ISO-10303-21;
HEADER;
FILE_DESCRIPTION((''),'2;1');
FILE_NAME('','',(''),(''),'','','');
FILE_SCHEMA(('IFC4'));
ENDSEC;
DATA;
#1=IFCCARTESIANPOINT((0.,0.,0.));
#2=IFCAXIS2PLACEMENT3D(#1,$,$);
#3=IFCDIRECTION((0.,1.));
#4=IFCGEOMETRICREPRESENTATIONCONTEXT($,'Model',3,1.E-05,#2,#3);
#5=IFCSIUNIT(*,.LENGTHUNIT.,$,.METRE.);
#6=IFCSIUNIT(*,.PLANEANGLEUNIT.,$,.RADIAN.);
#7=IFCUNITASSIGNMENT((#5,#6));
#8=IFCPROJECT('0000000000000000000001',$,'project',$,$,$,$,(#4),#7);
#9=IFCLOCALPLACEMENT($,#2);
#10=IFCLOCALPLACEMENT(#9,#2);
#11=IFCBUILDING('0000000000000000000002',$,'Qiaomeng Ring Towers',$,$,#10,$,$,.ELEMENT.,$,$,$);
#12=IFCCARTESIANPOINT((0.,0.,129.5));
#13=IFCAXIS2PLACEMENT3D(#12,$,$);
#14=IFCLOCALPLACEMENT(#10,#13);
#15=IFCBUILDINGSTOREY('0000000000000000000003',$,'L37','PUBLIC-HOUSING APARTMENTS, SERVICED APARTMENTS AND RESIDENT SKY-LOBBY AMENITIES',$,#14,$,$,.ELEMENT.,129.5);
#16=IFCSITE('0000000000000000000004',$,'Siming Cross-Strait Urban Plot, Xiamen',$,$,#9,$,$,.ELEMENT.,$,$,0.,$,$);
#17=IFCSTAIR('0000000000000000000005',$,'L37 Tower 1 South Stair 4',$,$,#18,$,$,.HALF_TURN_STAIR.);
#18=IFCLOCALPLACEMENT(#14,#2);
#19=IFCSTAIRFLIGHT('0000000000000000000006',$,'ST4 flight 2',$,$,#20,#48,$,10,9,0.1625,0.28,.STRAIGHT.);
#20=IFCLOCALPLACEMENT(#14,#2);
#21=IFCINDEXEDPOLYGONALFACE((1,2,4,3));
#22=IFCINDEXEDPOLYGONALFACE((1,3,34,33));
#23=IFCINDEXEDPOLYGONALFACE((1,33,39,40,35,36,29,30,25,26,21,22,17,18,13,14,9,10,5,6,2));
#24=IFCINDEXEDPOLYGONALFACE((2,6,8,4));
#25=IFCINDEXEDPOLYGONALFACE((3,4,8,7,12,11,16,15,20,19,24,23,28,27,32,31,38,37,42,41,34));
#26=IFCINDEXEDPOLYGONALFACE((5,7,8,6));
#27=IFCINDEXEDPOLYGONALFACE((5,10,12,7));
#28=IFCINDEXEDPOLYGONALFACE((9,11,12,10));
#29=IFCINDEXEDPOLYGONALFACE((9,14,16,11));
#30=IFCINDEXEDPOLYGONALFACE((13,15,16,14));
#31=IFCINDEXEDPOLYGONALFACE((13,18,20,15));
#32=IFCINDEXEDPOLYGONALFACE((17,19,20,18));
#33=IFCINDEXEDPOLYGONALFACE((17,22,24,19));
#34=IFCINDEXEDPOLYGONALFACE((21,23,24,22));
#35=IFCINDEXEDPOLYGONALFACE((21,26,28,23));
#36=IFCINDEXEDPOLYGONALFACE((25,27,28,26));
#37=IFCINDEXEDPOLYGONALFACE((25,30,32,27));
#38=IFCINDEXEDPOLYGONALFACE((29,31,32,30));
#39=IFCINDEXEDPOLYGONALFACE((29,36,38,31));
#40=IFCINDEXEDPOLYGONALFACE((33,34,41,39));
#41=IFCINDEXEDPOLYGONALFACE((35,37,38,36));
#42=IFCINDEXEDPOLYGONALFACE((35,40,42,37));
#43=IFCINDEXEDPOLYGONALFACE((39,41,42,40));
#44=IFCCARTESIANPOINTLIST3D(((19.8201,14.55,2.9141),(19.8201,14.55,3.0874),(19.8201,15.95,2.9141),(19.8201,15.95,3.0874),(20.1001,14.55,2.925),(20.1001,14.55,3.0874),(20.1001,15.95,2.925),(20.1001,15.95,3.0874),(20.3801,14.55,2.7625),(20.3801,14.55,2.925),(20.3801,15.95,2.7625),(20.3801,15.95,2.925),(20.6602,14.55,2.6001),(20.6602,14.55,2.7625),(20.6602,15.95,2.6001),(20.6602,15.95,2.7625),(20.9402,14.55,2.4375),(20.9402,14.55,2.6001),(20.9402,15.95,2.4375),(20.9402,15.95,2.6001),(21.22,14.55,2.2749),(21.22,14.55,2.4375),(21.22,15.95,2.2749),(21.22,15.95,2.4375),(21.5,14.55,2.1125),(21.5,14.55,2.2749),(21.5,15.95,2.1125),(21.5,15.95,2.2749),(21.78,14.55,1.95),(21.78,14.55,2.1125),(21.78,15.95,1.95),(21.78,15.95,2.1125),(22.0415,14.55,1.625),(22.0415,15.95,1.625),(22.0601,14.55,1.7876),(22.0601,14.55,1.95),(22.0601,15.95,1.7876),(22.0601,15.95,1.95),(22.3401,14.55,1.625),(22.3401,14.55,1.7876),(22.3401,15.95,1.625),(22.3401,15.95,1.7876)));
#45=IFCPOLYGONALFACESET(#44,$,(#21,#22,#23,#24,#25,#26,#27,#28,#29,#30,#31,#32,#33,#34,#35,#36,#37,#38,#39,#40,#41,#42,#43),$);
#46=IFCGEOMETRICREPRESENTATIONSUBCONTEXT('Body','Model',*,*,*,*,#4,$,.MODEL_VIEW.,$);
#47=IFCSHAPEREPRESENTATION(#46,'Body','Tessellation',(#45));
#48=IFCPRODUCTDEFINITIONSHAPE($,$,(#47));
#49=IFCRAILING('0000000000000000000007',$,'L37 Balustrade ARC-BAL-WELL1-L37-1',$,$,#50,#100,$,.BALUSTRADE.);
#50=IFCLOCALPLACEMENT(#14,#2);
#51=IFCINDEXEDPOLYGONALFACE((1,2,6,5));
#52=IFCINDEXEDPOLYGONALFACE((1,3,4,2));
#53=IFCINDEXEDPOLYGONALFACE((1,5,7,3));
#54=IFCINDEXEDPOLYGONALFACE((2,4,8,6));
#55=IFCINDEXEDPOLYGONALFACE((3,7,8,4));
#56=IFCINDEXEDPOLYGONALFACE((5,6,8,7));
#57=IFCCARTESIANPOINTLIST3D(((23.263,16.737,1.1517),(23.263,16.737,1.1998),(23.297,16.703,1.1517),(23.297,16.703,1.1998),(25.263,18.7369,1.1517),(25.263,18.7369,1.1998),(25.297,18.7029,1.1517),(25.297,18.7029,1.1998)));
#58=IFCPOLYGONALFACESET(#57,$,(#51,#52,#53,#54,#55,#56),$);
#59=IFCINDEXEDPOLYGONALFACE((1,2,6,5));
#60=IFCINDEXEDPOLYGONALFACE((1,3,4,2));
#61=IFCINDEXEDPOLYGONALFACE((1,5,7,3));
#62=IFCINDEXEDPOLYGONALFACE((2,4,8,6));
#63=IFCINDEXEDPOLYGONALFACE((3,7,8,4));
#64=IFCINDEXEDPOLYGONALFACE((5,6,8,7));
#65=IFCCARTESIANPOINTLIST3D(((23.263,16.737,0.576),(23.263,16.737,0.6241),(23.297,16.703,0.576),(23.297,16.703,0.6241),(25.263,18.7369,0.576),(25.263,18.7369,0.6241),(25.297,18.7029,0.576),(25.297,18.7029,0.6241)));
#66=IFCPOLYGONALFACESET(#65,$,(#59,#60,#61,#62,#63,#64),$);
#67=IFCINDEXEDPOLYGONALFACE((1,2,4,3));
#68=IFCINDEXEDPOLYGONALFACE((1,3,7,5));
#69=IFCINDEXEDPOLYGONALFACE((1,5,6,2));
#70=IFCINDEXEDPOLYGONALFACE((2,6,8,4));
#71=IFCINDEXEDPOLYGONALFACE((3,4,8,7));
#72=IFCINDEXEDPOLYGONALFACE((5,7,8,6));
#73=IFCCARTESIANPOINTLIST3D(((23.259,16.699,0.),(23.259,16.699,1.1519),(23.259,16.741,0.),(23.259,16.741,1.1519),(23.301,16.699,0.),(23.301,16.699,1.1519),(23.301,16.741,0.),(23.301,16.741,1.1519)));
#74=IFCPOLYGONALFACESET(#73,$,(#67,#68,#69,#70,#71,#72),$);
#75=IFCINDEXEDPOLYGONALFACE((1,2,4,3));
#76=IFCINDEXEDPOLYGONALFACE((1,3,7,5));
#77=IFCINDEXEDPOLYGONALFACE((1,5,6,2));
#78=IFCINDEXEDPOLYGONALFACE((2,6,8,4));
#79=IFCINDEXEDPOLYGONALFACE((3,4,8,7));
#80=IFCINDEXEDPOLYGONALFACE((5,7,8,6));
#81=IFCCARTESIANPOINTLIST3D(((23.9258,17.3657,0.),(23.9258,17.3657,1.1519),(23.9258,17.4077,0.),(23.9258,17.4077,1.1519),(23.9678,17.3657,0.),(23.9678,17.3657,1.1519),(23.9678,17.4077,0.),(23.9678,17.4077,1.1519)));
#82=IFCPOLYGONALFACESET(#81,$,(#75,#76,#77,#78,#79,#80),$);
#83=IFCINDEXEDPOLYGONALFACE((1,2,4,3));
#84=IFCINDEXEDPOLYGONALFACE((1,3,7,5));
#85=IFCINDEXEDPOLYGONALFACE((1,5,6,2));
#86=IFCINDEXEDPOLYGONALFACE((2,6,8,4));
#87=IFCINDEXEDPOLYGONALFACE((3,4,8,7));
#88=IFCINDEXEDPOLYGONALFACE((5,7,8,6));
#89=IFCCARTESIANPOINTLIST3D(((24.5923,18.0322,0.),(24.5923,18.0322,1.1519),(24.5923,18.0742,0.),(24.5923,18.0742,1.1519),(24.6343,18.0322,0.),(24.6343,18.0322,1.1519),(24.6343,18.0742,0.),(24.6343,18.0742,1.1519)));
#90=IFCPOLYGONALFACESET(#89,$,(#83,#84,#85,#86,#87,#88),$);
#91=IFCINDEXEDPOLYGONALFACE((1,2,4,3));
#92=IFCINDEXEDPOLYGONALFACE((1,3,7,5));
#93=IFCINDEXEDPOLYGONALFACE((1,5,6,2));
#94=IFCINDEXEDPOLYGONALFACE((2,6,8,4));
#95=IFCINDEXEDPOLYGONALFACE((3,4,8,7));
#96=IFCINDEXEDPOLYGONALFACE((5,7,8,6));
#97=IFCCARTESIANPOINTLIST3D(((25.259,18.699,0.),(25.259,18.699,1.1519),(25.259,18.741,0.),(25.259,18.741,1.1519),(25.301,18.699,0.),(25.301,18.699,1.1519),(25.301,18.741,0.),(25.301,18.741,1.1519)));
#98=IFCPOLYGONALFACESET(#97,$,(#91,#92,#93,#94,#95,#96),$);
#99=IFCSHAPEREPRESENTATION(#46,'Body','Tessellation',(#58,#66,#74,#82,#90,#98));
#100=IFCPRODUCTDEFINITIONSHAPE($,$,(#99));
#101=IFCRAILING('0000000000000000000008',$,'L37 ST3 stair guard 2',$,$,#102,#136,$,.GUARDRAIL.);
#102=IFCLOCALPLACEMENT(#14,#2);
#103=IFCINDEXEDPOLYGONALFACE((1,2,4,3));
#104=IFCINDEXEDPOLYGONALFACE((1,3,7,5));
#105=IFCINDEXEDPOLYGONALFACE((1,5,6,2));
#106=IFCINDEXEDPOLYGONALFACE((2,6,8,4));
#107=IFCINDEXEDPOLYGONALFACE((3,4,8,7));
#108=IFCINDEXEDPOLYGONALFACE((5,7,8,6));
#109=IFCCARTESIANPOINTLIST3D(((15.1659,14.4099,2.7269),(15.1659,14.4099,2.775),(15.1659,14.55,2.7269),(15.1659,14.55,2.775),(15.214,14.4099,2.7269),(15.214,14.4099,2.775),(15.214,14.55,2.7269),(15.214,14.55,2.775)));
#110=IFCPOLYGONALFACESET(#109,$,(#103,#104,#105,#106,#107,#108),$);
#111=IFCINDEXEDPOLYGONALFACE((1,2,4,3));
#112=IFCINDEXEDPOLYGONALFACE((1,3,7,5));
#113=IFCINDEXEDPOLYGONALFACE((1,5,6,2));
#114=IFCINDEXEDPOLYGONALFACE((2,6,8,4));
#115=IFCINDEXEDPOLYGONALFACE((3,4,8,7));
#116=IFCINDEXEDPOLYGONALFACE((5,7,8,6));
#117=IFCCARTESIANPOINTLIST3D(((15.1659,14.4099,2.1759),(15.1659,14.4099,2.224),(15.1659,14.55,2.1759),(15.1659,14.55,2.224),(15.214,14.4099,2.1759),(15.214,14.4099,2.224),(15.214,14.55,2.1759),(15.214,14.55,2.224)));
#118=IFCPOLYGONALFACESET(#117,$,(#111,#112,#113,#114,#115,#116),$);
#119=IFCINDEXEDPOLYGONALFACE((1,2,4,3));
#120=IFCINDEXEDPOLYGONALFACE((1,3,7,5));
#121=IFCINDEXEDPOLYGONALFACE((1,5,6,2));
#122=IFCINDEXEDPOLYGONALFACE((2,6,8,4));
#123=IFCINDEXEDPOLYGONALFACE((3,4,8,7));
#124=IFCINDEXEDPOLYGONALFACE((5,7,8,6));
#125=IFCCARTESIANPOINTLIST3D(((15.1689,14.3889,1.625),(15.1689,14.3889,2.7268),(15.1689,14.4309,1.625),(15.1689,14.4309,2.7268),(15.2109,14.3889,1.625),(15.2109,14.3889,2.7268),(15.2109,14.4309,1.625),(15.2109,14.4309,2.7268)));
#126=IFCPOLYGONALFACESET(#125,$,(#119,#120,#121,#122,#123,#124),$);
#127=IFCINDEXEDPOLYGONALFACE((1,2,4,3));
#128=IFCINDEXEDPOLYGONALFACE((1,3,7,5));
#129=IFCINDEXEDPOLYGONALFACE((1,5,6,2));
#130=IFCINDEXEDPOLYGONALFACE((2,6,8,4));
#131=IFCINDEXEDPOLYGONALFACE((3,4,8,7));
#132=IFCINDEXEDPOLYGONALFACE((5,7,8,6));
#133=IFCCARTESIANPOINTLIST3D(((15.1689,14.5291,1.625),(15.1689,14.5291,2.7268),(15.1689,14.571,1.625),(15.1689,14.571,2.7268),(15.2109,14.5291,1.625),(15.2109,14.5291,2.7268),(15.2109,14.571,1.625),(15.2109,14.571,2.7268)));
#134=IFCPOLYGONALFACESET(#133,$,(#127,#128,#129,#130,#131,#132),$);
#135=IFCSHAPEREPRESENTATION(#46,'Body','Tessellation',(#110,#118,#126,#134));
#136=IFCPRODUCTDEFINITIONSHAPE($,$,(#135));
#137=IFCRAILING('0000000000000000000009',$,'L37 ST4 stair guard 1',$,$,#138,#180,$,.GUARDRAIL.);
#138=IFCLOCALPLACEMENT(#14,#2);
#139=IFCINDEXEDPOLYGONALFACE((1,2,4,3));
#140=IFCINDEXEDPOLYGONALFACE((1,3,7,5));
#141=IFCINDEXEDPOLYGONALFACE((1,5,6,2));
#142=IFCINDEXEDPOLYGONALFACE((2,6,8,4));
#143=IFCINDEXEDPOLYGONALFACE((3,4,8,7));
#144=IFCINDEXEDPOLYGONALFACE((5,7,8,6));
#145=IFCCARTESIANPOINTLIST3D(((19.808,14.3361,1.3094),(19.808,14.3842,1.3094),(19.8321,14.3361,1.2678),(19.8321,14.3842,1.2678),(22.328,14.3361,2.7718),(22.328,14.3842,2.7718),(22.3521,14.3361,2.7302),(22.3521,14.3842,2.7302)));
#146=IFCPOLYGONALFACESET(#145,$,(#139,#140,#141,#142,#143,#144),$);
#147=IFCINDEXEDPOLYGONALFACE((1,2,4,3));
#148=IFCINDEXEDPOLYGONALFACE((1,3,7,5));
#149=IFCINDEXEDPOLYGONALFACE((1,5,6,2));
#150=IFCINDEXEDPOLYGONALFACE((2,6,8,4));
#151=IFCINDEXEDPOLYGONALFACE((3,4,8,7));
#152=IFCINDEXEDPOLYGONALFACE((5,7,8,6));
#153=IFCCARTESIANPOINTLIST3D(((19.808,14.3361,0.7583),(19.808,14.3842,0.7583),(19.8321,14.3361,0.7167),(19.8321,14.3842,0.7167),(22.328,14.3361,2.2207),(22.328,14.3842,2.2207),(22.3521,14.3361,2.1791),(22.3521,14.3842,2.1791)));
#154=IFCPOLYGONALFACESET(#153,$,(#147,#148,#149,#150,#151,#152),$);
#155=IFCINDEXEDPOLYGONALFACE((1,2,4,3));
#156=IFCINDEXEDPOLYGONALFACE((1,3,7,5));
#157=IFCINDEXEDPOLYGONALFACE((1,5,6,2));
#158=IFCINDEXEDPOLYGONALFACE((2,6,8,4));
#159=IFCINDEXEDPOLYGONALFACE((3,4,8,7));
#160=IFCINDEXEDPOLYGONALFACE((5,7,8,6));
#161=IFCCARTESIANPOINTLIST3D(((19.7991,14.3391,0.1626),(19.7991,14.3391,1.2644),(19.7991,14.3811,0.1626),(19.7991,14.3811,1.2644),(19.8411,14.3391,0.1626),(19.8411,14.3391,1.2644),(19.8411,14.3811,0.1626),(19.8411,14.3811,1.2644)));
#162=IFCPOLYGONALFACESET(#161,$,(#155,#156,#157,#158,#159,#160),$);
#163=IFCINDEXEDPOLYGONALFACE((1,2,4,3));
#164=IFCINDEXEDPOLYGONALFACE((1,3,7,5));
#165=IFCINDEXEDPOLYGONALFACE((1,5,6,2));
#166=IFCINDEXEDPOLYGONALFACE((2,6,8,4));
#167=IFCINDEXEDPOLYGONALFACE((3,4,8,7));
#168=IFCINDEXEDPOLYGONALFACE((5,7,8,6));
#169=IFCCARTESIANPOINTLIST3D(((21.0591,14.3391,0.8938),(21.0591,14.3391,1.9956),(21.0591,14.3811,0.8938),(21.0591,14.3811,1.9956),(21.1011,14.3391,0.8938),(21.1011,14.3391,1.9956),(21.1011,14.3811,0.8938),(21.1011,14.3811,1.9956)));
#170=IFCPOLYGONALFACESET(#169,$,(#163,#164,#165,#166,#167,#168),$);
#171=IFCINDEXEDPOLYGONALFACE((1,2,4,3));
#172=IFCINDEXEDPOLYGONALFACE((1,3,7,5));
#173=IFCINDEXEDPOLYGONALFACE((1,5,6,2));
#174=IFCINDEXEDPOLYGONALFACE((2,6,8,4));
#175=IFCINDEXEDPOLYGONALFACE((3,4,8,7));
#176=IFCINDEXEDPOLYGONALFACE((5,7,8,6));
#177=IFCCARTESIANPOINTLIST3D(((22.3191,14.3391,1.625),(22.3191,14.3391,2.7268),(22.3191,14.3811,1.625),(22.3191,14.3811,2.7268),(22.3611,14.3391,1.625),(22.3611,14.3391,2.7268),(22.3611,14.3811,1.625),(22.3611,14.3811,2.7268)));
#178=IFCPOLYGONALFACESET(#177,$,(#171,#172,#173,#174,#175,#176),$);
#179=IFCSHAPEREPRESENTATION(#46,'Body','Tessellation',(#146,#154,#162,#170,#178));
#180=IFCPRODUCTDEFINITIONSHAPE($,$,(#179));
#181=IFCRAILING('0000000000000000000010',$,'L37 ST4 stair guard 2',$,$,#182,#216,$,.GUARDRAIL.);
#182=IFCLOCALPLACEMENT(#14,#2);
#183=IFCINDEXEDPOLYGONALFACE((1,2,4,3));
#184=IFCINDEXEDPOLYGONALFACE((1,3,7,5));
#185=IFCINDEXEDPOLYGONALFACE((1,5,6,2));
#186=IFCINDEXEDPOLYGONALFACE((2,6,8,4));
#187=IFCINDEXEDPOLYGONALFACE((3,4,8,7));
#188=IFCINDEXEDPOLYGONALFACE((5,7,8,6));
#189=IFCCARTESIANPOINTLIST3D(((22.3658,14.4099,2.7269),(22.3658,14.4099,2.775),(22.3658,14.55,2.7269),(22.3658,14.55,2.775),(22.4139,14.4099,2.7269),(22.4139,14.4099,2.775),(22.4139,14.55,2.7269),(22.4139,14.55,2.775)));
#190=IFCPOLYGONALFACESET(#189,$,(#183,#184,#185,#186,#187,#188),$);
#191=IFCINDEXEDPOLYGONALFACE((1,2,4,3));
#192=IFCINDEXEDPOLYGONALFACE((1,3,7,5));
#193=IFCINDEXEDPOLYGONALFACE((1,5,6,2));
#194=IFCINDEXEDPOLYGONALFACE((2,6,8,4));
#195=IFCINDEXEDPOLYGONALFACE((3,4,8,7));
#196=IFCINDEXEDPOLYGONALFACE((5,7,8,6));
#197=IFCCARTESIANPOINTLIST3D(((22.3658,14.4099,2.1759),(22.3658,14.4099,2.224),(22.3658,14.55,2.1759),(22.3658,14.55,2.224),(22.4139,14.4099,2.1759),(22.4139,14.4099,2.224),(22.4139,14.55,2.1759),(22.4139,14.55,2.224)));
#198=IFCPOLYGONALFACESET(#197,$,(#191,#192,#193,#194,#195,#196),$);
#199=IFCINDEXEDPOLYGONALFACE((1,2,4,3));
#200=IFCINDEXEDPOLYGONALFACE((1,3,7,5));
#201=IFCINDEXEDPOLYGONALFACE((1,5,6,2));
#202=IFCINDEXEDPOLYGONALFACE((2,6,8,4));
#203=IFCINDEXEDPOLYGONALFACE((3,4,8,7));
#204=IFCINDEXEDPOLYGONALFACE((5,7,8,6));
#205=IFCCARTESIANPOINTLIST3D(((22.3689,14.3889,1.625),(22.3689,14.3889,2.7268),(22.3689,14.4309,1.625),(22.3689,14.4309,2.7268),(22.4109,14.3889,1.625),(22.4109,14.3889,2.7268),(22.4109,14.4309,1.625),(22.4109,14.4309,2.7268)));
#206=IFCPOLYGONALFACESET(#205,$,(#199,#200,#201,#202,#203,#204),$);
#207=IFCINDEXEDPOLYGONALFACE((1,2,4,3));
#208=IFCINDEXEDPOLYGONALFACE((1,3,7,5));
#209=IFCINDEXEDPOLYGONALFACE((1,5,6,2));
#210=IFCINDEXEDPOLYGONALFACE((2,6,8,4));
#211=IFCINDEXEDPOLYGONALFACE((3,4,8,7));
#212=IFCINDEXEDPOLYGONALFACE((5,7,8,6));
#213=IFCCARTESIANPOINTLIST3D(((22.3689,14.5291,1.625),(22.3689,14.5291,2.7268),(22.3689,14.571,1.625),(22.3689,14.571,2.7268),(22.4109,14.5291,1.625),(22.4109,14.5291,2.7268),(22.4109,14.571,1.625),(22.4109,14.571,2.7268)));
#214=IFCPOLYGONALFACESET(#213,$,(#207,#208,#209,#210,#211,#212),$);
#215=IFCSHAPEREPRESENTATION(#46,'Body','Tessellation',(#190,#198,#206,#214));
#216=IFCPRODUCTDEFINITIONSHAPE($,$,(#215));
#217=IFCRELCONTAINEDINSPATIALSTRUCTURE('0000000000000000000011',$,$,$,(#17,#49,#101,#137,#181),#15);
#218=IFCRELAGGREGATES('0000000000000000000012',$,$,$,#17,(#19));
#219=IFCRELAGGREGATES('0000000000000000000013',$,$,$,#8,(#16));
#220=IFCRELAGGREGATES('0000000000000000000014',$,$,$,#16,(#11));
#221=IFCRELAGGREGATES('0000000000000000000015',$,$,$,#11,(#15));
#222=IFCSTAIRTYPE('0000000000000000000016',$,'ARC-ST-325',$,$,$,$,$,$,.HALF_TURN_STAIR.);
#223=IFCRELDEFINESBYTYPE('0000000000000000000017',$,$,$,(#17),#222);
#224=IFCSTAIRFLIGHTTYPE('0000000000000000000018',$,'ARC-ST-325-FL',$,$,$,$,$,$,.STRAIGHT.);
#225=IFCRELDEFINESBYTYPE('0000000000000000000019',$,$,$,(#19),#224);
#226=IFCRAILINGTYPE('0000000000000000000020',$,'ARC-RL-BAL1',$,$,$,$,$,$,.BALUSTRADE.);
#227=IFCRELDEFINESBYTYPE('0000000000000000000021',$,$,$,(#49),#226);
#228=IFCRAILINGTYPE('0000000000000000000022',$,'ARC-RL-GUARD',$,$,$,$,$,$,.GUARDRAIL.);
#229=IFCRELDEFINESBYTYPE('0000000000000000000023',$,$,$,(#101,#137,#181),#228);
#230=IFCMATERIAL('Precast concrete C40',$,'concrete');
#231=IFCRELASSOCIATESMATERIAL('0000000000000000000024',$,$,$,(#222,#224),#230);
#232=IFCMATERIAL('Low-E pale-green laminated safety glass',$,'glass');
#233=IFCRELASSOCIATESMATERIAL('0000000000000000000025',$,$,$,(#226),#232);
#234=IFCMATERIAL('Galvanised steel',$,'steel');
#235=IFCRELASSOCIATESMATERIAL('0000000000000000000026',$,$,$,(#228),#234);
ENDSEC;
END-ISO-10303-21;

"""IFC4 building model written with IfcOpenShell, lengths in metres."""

from ifc_helpers import new_model, si_unit, direction, frame, origin, origin_2d, place, context, subcontext, project, spatial, polyline, rectangle, outline, extrude, source, transform, mapped, material, type_object, element, aggregate, save


model = new_model("IFC4")

# Units and contexts
model_context = context("Model", 3, precision=1e-05, world=origin(), true_north=direction((0.0, 1.0)))
body_context = subcontext(model_context, "Body", "Model", "MODEL_VIEW")
ifc_project = project(units=[si_unit("LENGTHUNIT", "METRE"), si_unit("PLANEANGLEUNIT", "RADIAN")], contexts=[model_context])

# Site, building, storey
site_placement = place(None, origin())
site = spatial("IfcSite", under=ifc_project, at=site_placement, Name="Siming Cross-Strait Urban Plot, Xiamen", CompositionType="ELEMENT", RefElevation=0.0)
building_placement = place(site_placement, origin())
building = spatial("IfcBuilding", under=site, at=building_placement, Name="Qiaomeng Ring Towers", CompositionType="ELEMENT")
storey_placement = place(building_placement, frame((0.0, 0.0, 129.5)))
storey = spatial("IfcBuildingStorey", under=building, at=storey_placement, Name="L37", Description="PUBLIC-HOUSING APARTMENTS, SERVICED APARTMENTS AND RESIDENT SKY-LOBBY AMENITIES", CompositionType="ELEMENT", Elevation=129.5)

# Shared definitions
ifc_material_1 = material(Name="Galvanised steel", Category="steel")

# Stair, stair flight
ifc_material_2 = material(Name="Precast concrete C40", Category="concrete")
stair_type = type_object("IfcStairType", Name="ARC-ST-325", PredefinedType="HALF_TURN_STAIR", material=ifc_material_2)
stair_placement = place(storey_placement, origin())
stair = element("IfcStair", 1, at=stair_placement, inside=storey, type_object=stair_type, Name="L37 Tower 1 South Stair 4", PredefinedType="HALF_TURN_STAIR")
stair_flight_type = type_object("IfcStairFlightType", Name="ARC-ST-325-FL", PredefinedType="STRAIGHT", material=ifc_material_2)
shared_shape_1 = source(origin(), body_context, "Body", "SweptSolid", [
    extrude(outline(polyline([(0.0, 0.0), (0.0, 0.1626), (0.28, 0.1626), (0.28, 0.325), (0.5601, 0.325), (0.5601, 0.4875), (0.8401, 0.4875), (0.8401, 0.6499), (1.1201, 0.6499), (1.1201, 0.8125), (1.3999, 0.8125), (1.3999, 0.9751), (1.6799, 0.9751), (1.6799, 1.1375), (1.96, 1.1375), (1.96, 1.3), (2.24, 1.3), (2.24, 1.4624), (2.52, 1.4624), (2.52, 1.625), (2.52, 1.2891), (0.2986, 0.0), (0.0, 0.0)])), frame((0.0, 0.7, 0.0), z_axis=(0.0, -1.0, 0.0), x_axis=(1.0, 0.0, 0.0)), (0.0, 0.0, 1.0), 1.3999),
])
stair_flight_1_placement = place(storey_placement, frame((22.3401, 15.25, 1.625), z_axis=(0.0, 0.0, 1.0), x_axis=(-1.0, 0.0, 0.0)))
stair_flight_1 = element("IfcStairFlight", 2, at=stair_flight_1_placement, type_object=stair_flight_type, Name="ST4 flight 2", NumberOfRisers=10, NumberOfTreads=9, PredefinedType="STRAIGHT", RiserHeight=0.1625, TreadLength=0.28, context=body_context, shape_type="MappedRepresentation", body=[
    mapped(shared_shape_1, transform((0.0, 0.0, 0.0), x_axis=(1.0, 0.0, 0.0), y_axis=(0.0, 1.0, 0.0), z_axis=(0.0, 0.0, 1.0), scale=1.0)),
])
aggregate(stair, [stair_flight_1])

# Railings
ifc_material_3 = material(Name="Low-E pale-green laminated safety glass", Category="glass")
railing_type_1 = type_object("IfcRailingType", Name="ARC-RL-BAL1", PredefinedType="BALUSTRADE", material=ifc_material_3)
railing_1_placement = place(storey_placement, frame((23.28, 16.72, 0.0)))
element("IfcRailing", 3, at=railing_1_placement, inside=storey, type_object=railing_type_1, Name="L37 Balustrade ARC-BAL-WELL1-L37-1", PredefinedType="BALUSTRADE", context=body_context, shape_type="SweptSolid", body=[
    extrude(rectangle(XDim=0.0481, YDim=0.0481, at=origin_2d()), frame((0.0, 0.0, 1.1758), z_axis=(0.707107, 0.707107, 0.0), x_axis=(-0.707107, 0.707107, 0.0)), (0.0, 0.0, 1.0), 2.8284),
    extrude(rectangle(XDim=0.0481, YDim=0.0481, at=origin_2d()), frame((0.0, 0.0, 0.6001), z_axis=(0.707107, 0.707107, 0.0), x_axis=(-0.707107, 0.707107, 0.0)), (0.0, 0.0, 1.0), 2.8284),
    extrude(rectangle(XDim=0.042, YDim=0.042, at=origin_2d()), origin(), (0.0, 0.0, 1.0), 1.1519),
    extrude(rectangle(XDim=0.042, YDim=0.042, at=origin_2d()), frame((0.6667, 0.6667, 0.0)), (0.0, 0.0, 1.0), 1.1519),
    extrude(rectangle(XDim=0.042, YDim=0.042, at=origin_2d()), frame((1.3333, 1.3333, 0.0)), (0.0, 0.0, 1.0), 1.1519),
    extrude(rectangle(XDim=0.042, YDim=0.042, at=origin_2d()), frame((2.0, 2.0, 0.0)), (0.0, 0.0, 1.0), 1.1519),
])
railing_type_2 = type_object("IfcRailingType", Name="ARC-RL-GUARD", PredefinedType="GUARDRAIL", material=ifc_material_1)
railing_2_placement = place(storey_placement, frame((15.1899, 14.4099, 1.625)))
element("IfcRailing", 4, at=railing_2_placement, inside=storey, type_object=railing_type_2, Name="L37 ST3 stair guard 2", PredefinedType="GUARDRAIL", context=body_context, shape_type="SweptSolid", body=[
    extrude(rectangle(XDim=0.0481, YDim=0.0481, at=origin_2d()), frame((0.0, 0.0, 1.126), z_axis=(0.0, 1.0, 0.0), x_axis=(-1.0, 0.0, 0.0)), (0.0, 0.0, 1.0), 0.1401),
    extrude(rectangle(XDim=0.0481, YDim=0.0481, at=origin_2d()), frame((0.0, 0.0, 0.575), z_axis=(0.0, 1.0, 0.0), x_axis=(-1.0, 0.0, 0.0)), (0.0, 0.0, 1.0), 0.1401),
    extrude(rectangle(XDim=0.042, YDim=0.042, at=origin_2d()), origin(), (0.0, 0.0, 1.0), 1.1018),
    extrude(rectangle(XDim=0.042, YDim=0.042, at=origin_2d()), frame((0.0, 0.1401, 0.0)), (0.0, 0.0, 1.0), 1.1018),
])
railing_3_placement = place(storey_placement, frame((19.8201, 14.3601, 0.1626)))
element("IfcRailing", 5, at=railing_3_placement, inside=storey, type_object=railing_type_2, Name="L37 ST4 stair guard 1", PredefinedType="GUARDRAIL", context=body_context, shape_type="SweptSolid", body=[
    extrude(rectangle(XDim=0.0481, YDim=0.0481, at=origin_2d()), frame((0.0, 0.0, 1.126), z_axis=(0.864913, 0.0, 0.501921), x_axis=(0.0, 1.0, 0.0)), (0.0, 0.0, 1.0), 2.9136),
    extrude(rectangle(XDim=0.0481, YDim=0.0481, at=origin_2d()), frame((0.0, 0.0, 0.575), z_axis=(0.864913, 0.0, 0.501921), x_axis=(0.0, 1.0, 0.0)), (0.0, 0.0, 1.0), 2.9136),
    extrude(rectangle(XDim=0.042, YDim=0.042, at=origin_2d()), origin(), (0.0, 0.0, 1.0), 1.1018),
    extrude(rectangle(XDim=0.042, YDim=0.042, at=origin_2d()), frame((1.26, 0.0, 0.7312)), (0.0, 0.0, 1.0), 1.1018),
    extrude(rectangle(XDim=0.042, YDim=0.042, at=origin_2d()), frame((2.52, 0.0, 1.4624)), (0.0, 0.0, 1.0), 1.1018),
])
railing_4_placement = place(storey_placement, frame((22.3899, 14.4099, 1.625)))
element("IfcRailing", 6, at=railing_4_placement, inside=storey, type_object=railing_type_2, Name="L37 ST4 stair guard 2", PredefinedType="GUARDRAIL", context=body_context, shape_type="SweptSolid", body=[
    extrude(rectangle(XDim=0.0481, YDim=0.0481, at=origin_2d()), frame((0.0, 0.0, 1.126), z_axis=(0.0, 1.0, 0.0), x_axis=(-1.0, 0.0, 0.0)), (0.0, 0.0, 1.0), 0.1401),
    extrude(rectangle(XDim=0.0481, YDim=0.0481, at=origin_2d()), frame((0.0, 0.0, 0.575), z_axis=(0.0, 1.0, 0.0), x_axis=(-1.0, 0.0, 0.0)), (0.0, 0.0, 1.0), 0.1401),
    extrude(rectangle(XDim=0.042, YDim=0.042, at=origin_2d()), origin(), (0.0, 0.0, 1.0), 1.1018),
    extrude(rectangle(XDim=0.042, YDim=0.042, at=origin_2d()), frame((0.0, 0.1401, 0.0)), (0.0, 0.0, 1.0), 1.1018),
])

save(model, "model.ifc")
